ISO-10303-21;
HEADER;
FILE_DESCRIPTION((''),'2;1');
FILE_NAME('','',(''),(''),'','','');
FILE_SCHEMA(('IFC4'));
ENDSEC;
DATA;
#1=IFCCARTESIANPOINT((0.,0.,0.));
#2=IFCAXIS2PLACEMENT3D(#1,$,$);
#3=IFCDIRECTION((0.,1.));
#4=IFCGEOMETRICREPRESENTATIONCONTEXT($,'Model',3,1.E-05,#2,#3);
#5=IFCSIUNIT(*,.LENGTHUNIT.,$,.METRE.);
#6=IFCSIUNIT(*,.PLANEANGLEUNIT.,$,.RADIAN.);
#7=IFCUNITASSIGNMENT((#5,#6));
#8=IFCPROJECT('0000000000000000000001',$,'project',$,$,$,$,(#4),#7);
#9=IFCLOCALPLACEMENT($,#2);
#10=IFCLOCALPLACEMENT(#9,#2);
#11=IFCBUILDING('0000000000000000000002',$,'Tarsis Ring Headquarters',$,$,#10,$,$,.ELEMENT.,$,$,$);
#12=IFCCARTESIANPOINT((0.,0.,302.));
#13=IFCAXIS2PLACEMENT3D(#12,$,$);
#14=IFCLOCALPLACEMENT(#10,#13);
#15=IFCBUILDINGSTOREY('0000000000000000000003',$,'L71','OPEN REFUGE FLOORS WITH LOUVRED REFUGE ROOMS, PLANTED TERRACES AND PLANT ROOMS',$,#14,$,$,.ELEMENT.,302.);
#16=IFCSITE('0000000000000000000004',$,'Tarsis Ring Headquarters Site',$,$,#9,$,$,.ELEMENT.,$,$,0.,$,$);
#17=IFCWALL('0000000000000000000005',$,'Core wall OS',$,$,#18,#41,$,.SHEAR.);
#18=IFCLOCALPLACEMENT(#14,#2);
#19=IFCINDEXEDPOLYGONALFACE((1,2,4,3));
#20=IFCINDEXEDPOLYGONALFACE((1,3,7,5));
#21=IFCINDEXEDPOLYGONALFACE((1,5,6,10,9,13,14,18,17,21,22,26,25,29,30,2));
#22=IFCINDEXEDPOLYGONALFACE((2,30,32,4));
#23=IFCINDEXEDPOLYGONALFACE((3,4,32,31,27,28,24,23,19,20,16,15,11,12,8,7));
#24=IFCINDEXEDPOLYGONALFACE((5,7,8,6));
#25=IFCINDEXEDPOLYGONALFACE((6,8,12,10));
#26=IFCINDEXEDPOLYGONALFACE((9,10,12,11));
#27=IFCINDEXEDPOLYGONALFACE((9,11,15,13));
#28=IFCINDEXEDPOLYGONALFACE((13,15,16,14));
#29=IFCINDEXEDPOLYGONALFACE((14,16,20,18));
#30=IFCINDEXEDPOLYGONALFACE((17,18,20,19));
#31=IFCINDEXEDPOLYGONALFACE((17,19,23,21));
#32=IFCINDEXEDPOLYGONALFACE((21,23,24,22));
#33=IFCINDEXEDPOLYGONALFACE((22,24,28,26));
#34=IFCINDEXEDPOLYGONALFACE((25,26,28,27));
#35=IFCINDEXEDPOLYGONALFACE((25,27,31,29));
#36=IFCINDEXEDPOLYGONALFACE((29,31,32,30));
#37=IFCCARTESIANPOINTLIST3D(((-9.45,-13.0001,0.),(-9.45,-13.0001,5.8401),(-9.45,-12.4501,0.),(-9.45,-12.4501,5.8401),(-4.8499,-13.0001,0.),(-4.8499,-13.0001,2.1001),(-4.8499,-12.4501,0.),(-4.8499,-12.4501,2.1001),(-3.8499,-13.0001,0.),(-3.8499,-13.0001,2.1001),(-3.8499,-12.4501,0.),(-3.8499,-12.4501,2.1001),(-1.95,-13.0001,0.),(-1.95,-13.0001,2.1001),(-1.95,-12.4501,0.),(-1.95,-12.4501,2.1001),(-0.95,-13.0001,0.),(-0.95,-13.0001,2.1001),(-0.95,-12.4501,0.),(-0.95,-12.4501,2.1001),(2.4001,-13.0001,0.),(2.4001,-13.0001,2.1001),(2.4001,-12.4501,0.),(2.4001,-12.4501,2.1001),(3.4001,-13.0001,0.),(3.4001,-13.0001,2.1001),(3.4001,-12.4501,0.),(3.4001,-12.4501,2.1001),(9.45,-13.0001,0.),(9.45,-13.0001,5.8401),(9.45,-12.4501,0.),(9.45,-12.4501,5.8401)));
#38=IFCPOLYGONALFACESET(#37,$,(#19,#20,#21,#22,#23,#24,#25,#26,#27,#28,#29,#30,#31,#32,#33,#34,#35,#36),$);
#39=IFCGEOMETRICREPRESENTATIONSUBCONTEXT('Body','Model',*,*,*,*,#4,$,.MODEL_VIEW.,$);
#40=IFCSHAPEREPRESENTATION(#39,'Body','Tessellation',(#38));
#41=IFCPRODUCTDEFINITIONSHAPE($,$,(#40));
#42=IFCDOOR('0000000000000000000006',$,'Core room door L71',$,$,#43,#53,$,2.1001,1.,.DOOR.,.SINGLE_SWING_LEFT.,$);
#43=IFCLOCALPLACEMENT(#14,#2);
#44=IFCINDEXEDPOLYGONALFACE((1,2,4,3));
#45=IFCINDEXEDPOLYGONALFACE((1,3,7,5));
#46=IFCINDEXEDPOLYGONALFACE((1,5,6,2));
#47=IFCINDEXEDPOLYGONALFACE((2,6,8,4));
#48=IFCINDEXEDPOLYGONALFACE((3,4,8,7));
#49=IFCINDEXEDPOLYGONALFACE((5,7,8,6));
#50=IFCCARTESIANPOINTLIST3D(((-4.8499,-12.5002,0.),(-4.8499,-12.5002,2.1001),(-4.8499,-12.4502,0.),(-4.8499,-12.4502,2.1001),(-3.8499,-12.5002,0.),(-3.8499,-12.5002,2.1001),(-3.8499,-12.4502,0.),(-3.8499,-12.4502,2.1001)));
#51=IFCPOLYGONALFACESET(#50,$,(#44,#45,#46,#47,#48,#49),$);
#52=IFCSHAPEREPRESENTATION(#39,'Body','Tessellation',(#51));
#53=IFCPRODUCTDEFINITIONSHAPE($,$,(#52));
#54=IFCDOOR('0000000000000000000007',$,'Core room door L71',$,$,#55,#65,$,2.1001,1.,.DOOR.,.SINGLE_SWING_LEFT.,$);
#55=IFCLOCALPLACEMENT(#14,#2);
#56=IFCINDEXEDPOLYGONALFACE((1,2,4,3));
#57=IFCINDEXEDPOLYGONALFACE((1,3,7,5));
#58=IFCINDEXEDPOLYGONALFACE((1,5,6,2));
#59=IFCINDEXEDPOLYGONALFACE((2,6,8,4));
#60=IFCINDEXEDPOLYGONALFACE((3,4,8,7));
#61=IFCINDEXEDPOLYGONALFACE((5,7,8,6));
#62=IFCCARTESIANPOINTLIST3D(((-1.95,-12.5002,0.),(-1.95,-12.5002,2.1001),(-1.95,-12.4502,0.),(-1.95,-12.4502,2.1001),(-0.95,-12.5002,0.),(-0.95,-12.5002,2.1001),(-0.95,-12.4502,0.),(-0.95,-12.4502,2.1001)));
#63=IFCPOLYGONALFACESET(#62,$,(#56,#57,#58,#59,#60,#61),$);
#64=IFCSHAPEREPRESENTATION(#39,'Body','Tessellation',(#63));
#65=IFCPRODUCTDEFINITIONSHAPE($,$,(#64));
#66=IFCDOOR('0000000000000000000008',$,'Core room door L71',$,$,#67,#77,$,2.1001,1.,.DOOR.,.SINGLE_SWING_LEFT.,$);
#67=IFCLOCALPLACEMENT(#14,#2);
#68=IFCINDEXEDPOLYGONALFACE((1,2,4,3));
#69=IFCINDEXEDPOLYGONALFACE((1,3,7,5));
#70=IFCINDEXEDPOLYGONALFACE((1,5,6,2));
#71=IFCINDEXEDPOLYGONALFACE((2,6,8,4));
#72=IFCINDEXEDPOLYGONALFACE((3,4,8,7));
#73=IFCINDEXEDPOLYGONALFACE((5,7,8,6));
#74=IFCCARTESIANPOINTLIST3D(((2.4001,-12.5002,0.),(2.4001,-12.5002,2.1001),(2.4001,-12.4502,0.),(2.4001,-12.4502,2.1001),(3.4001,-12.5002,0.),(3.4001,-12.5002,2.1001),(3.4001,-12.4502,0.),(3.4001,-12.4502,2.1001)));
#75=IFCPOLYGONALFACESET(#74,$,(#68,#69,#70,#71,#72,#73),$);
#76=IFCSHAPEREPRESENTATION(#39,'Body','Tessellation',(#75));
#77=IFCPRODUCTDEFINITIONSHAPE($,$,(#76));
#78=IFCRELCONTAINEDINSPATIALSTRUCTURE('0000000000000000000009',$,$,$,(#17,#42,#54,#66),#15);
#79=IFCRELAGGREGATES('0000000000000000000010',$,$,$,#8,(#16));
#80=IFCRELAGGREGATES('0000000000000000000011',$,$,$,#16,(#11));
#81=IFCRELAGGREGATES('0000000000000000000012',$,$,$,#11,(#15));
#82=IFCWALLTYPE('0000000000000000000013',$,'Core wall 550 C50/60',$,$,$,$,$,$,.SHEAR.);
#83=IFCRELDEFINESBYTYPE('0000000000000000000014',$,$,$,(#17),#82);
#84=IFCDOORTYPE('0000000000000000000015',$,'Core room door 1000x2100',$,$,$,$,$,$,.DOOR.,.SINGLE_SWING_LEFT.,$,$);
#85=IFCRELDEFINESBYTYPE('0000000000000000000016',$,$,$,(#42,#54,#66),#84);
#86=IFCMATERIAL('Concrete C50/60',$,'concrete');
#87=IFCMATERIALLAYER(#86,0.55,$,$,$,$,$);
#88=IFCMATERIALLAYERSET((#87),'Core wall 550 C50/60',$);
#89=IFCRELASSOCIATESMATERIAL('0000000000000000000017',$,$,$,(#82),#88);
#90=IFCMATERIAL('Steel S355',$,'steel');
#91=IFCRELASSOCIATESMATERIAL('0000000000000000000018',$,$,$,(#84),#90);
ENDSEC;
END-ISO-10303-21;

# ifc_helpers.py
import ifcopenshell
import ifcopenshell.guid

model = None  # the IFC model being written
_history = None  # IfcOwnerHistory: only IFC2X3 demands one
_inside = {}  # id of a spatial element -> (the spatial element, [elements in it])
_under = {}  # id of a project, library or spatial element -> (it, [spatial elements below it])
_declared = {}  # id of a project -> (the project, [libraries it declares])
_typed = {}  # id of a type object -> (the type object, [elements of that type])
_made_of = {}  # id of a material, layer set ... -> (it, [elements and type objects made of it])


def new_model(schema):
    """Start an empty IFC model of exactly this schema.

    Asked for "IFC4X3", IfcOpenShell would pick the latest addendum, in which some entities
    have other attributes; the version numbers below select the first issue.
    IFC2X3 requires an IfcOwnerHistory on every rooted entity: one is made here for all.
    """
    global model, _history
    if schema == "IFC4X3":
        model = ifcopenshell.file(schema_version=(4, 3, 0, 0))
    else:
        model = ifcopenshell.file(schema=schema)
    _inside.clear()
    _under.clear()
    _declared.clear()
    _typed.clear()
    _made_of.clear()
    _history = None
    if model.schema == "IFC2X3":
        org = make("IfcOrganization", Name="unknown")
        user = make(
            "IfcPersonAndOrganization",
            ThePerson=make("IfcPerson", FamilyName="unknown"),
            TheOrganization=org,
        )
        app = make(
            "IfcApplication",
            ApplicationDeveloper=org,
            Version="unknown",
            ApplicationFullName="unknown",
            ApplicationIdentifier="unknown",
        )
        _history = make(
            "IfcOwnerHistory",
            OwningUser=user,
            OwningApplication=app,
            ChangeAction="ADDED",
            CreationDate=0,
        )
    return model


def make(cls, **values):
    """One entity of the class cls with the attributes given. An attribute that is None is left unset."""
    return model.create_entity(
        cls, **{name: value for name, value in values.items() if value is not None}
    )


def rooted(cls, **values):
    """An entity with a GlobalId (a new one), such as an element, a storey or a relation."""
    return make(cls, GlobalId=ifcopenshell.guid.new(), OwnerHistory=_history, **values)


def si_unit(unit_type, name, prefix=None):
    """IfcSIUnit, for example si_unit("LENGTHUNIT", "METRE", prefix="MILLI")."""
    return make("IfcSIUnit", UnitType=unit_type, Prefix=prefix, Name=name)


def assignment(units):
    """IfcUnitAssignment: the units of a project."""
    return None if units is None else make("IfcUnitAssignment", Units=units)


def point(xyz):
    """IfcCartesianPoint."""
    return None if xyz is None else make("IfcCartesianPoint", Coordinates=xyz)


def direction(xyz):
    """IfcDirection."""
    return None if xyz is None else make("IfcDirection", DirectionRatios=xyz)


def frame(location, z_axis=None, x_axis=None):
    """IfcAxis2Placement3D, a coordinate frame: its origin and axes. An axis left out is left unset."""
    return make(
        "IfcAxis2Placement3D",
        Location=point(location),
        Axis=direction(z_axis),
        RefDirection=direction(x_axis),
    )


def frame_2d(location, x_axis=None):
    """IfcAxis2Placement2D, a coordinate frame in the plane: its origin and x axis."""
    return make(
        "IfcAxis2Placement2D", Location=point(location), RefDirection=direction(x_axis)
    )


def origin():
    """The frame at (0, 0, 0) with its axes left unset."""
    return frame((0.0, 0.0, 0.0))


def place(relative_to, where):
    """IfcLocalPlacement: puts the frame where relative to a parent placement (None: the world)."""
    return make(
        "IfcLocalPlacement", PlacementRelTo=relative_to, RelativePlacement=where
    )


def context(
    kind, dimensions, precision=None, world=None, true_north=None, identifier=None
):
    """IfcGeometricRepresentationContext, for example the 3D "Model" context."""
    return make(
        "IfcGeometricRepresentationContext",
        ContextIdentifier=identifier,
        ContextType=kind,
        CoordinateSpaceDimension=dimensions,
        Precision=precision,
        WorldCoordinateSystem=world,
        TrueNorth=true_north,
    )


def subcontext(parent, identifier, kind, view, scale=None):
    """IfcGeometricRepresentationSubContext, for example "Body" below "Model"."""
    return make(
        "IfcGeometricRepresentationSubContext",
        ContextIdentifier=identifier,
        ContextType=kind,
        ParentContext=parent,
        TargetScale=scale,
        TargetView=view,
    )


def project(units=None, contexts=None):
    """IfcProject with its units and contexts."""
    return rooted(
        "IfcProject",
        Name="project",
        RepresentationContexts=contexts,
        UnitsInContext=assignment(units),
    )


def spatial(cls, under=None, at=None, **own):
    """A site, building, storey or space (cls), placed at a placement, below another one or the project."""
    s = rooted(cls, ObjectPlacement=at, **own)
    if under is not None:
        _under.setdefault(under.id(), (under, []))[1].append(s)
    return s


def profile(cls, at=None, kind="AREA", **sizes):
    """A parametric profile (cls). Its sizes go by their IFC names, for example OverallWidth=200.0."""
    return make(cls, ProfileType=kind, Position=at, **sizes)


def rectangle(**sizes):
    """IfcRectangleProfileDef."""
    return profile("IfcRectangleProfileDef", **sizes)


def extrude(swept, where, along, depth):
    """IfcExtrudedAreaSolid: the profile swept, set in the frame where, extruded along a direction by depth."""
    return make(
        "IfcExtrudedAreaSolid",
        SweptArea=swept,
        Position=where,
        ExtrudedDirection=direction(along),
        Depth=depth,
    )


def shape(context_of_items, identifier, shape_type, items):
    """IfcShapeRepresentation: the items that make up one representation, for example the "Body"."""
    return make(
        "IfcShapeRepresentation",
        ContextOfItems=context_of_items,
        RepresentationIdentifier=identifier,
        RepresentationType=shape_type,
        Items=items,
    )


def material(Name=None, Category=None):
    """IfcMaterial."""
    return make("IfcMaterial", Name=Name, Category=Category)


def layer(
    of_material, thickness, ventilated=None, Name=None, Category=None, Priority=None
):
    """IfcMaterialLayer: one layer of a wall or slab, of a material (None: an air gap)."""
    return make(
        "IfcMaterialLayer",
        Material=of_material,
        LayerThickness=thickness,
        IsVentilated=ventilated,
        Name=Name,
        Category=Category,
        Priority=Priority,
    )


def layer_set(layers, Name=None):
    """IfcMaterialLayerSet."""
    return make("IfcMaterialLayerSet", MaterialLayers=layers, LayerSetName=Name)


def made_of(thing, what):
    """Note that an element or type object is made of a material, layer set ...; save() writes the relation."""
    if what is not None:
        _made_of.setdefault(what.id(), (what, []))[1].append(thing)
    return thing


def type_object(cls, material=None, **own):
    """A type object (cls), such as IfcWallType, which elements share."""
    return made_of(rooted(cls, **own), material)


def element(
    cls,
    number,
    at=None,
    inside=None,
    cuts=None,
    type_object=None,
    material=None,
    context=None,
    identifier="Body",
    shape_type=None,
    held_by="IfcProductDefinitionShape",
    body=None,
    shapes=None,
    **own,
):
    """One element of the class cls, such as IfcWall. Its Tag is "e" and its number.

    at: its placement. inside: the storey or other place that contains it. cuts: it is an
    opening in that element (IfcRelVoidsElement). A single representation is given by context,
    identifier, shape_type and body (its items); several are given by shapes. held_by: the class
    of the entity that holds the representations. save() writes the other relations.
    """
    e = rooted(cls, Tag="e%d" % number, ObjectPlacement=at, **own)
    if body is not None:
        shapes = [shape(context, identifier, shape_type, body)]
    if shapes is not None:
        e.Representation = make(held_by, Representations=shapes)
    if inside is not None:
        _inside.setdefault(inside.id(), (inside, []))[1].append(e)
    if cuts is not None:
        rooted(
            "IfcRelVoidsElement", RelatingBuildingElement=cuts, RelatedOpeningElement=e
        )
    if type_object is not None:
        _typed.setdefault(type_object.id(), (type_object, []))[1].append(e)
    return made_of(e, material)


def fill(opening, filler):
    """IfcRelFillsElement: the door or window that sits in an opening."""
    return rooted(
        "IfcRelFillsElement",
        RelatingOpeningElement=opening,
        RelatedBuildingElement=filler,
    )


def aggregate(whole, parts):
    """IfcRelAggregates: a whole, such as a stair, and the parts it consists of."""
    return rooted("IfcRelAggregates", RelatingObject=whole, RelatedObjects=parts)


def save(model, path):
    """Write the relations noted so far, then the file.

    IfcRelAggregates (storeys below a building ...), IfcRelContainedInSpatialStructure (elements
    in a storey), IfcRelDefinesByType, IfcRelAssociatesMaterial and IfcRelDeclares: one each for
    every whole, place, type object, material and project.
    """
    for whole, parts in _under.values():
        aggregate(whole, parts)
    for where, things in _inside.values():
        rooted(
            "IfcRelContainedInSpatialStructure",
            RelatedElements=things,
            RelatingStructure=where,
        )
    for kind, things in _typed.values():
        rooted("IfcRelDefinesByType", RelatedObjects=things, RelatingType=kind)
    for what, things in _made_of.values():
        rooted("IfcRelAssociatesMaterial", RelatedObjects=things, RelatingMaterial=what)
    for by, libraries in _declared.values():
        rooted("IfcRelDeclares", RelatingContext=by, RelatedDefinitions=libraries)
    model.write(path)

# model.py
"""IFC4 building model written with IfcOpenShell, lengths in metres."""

from ifc_helpers import new_model, si_unit, direction, frame, frame_2d, origin, place, context, subcontext, project, spatial, rectangle, extrude, material, layer, layer_set, type_object, element, fill, save


model = new_model("IFC4")

# Units and contexts
model_context = context("Model", 3, precision=1e-05, world=origin(), true_north=direction((0.0, 1.0)))
body_context = subcontext(model_context, "Body", "Model", "MODEL_VIEW")
ifc_project = project(units=[si_unit("LENGTHUNIT", "METRE"), si_unit("PLANEANGLEUNIT", "RADIAN")], contexts=[model_context])

# Site, building, storey
site_placement = place(None, origin())
site = spatial("IfcSite", under=ifc_project, at=site_placement, Name="Tarsis Ring Headquarters Site", CompositionType="ELEMENT", RefElevation=0.0)
building_placement = place(site_placement, origin())
building = spatial("IfcBuilding", under=site, at=building_placement, Name="Tarsis Ring Headquarters", CompositionType="ELEMENT")
storey_placement = place(building_placement, frame((0.0, 0.0, 302.0)))
storey = spatial("IfcBuildingStorey", under=building, at=storey_placement, Name="L71", Description="OPEN REFUGE FLOORS WITH LOUVRED REFUGE ROOMS, PLANTED TERRACES AND PLANT ROOMS", CompositionType="ELEMENT", Elevation=302.0)

# Wall, openings, doors
ifc_material_1 = material(Name="Concrete C50/60", Category="concrete")
ifc_layer_1 = layer(ifc_material_1, 0.55)
ifc_layer_set_1 = layer_set([ifc_layer_1], Name="Core wall 550 C50/60")
wall_type_1 = type_object("IfcWallType", Name="Core wall 550 C50/60", PredefinedType="SHEAR", material=ifc_layer_set_1)
ifc_material_2 = material(Name="Steel S355", Category="steel")
door_type_1 = type_object("IfcDoorType", Name="Core room door 1000x2100", OperationType="SINGLE_SWING_LEFT", PredefinedType="DOOR", material=ifc_material_2)
wall_1_placement = place(storey_placement, frame((-9.45, -12.7251, 0.0), z_axis=(0.0, 0.0, 1.0), x_axis=(1.0, 0.0, 0.0)))
wall_1 = element("IfcWall", 1, at=wall_1_placement, inside=storey, type_object=wall_type_1, Name="Core wall OS", PredefinedType="SHEAR", context=body_context, shape_type="SweptSolid", body=[
    extrude(rectangle(XDim=18.8999, YDim=0.55, at=frame_2d((9.45, 0.0))), origin(), (0.0, 0.0, 1.0), 5.8401),
])
opening_1_placement = place(wall_1_placement, frame((4.6001, 0.0, 0.0)))
opening_1 = element("IfcOpeningElement", 2, at=opening_1_placement, cuts=wall_1, PredefinedType="OPENING", context=body_context, shape_type="SweptSolid", body=[
    extrude(rectangle(XDim=1.0, YDim=2.1001, at=frame_2d((0.5, 1.05))), frame((0.0, 0.2849, 0.0), z_axis=(0.0, -1.0, 0.0), x_axis=(1.0, 0.0, 0.0)), (0.0, 0.0, 1.0), 0.5701),
])
opening_2_placement = place(wall_1_placement, frame((7.5, 0.0, 0.0)))
opening_2 = element("IfcOpeningElement", 3, at=opening_2_placement, cuts=wall_1, PredefinedType="OPENING", context=body_context, shape_type="SweptSolid", body=[
    extrude(rectangle(XDim=1.0, YDim=2.1001, at=frame_2d((0.5, 1.05))), frame((0.0, 0.2849, 0.0), z_axis=(0.0, -1.0, 0.0), x_axis=(1.0, 0.0, 0.0)), (0.0, 0.0, 1.0), 0.5701),
])
opening_3_placement = place(wall_1_placement, frame((11.8501, 0.0, 0.0)))
opening_3 = element("IfcOpeningElement", 4, at=opening_3_placement, cuts=wall_1, PredefinedType="OPENING", context=body_context, shape_type="SweptSolid", body=[
    extrude(rectangle(XDim=1.0, YDim=2.1001, at=frame_2d((0.5, 1.05))), frame((0.0, 0.2849, 0.0), z_axis=(0.0, -1.0, 0.0), x_axis=(1.0, 0.0, 0.0)), (0.0, 0.0, 1.0), 0.5701),
])
door_1_placement = place(opening_1_placement, origin())
door_1 = element("IfcDoor", 5, at=door_1_placement, inside=storey, type_object=door_type_1, Name="Core room door L71", OperationType="SINGLE_SWING_LEFT", OverallHeight=2.1001, OverallWidth=1.0, PredefinedType="DOOR", context=body_context, shape_type="SweptSolid", body=[
    extrude(rectangle(XDim=1.0, YDim=2.1001, at=frame_2d((0.5, 1.05))), frame((0.0, 0.2749, 0.0), z_axis=(0.0, -1.0, 0.0), x_axis=(1.0, 0.0, 0.0)), (0.0, 0.0, 1.0), 0.05),
])
fill(opening_1, door_1)
door_2_placement = place(opening_2_placement, origin())
door_2 = element("IfcDoor", 6, at=door_2_placement, inside=storey, type_object=door_type_1, Name="Core room door L71", OperationType="SINGLE_SWING_LEFT", OverallHeight=2.1001, OverallWidth=1.0, PredefinedType="DOOR", context=body_context, shape_type="SweptSolid", body=[
    extrude(rectangle(XDim=1.0, YDim=2.1001, at=frame_2d((0.5, 1.05))), frame((0.0, 0.2749, 0.0), z_axis=(0.0, -1.0, 0.0), x_axis=(1.0, 0.0, 0.0)), (0.0, 0.0, 1.0), 0.05),
])
fill(opening_2, door_2)
door_3_placement = place(opening_3_placement, origin())
door_3 = element("IfcDoor", 7, at=door_3_placement, inside=storey, type_object=door_type_1, Name="Core room door L71", OperationType="SINGLE_SWING_LEFT", OverallHeight=2.1001, OverallWidth=1.0, PredefinedType="DOOR", context=body_context, shape_type="SweptSolid", body=[
    extrude(rectangle(XDim=1.0, YDim=2.1001, at=frame_2d((0.5, 1.05))), frame((0.0, 0.2749, 0.0), z_axis=(0.0, -1.0, 0.0), x_axis=(1.0, 0.0, 0.0)), (0.0, 0.0, 1.0), 0.05),
])
fill(opening_3, door_3)

save(model, "model.ifc")
